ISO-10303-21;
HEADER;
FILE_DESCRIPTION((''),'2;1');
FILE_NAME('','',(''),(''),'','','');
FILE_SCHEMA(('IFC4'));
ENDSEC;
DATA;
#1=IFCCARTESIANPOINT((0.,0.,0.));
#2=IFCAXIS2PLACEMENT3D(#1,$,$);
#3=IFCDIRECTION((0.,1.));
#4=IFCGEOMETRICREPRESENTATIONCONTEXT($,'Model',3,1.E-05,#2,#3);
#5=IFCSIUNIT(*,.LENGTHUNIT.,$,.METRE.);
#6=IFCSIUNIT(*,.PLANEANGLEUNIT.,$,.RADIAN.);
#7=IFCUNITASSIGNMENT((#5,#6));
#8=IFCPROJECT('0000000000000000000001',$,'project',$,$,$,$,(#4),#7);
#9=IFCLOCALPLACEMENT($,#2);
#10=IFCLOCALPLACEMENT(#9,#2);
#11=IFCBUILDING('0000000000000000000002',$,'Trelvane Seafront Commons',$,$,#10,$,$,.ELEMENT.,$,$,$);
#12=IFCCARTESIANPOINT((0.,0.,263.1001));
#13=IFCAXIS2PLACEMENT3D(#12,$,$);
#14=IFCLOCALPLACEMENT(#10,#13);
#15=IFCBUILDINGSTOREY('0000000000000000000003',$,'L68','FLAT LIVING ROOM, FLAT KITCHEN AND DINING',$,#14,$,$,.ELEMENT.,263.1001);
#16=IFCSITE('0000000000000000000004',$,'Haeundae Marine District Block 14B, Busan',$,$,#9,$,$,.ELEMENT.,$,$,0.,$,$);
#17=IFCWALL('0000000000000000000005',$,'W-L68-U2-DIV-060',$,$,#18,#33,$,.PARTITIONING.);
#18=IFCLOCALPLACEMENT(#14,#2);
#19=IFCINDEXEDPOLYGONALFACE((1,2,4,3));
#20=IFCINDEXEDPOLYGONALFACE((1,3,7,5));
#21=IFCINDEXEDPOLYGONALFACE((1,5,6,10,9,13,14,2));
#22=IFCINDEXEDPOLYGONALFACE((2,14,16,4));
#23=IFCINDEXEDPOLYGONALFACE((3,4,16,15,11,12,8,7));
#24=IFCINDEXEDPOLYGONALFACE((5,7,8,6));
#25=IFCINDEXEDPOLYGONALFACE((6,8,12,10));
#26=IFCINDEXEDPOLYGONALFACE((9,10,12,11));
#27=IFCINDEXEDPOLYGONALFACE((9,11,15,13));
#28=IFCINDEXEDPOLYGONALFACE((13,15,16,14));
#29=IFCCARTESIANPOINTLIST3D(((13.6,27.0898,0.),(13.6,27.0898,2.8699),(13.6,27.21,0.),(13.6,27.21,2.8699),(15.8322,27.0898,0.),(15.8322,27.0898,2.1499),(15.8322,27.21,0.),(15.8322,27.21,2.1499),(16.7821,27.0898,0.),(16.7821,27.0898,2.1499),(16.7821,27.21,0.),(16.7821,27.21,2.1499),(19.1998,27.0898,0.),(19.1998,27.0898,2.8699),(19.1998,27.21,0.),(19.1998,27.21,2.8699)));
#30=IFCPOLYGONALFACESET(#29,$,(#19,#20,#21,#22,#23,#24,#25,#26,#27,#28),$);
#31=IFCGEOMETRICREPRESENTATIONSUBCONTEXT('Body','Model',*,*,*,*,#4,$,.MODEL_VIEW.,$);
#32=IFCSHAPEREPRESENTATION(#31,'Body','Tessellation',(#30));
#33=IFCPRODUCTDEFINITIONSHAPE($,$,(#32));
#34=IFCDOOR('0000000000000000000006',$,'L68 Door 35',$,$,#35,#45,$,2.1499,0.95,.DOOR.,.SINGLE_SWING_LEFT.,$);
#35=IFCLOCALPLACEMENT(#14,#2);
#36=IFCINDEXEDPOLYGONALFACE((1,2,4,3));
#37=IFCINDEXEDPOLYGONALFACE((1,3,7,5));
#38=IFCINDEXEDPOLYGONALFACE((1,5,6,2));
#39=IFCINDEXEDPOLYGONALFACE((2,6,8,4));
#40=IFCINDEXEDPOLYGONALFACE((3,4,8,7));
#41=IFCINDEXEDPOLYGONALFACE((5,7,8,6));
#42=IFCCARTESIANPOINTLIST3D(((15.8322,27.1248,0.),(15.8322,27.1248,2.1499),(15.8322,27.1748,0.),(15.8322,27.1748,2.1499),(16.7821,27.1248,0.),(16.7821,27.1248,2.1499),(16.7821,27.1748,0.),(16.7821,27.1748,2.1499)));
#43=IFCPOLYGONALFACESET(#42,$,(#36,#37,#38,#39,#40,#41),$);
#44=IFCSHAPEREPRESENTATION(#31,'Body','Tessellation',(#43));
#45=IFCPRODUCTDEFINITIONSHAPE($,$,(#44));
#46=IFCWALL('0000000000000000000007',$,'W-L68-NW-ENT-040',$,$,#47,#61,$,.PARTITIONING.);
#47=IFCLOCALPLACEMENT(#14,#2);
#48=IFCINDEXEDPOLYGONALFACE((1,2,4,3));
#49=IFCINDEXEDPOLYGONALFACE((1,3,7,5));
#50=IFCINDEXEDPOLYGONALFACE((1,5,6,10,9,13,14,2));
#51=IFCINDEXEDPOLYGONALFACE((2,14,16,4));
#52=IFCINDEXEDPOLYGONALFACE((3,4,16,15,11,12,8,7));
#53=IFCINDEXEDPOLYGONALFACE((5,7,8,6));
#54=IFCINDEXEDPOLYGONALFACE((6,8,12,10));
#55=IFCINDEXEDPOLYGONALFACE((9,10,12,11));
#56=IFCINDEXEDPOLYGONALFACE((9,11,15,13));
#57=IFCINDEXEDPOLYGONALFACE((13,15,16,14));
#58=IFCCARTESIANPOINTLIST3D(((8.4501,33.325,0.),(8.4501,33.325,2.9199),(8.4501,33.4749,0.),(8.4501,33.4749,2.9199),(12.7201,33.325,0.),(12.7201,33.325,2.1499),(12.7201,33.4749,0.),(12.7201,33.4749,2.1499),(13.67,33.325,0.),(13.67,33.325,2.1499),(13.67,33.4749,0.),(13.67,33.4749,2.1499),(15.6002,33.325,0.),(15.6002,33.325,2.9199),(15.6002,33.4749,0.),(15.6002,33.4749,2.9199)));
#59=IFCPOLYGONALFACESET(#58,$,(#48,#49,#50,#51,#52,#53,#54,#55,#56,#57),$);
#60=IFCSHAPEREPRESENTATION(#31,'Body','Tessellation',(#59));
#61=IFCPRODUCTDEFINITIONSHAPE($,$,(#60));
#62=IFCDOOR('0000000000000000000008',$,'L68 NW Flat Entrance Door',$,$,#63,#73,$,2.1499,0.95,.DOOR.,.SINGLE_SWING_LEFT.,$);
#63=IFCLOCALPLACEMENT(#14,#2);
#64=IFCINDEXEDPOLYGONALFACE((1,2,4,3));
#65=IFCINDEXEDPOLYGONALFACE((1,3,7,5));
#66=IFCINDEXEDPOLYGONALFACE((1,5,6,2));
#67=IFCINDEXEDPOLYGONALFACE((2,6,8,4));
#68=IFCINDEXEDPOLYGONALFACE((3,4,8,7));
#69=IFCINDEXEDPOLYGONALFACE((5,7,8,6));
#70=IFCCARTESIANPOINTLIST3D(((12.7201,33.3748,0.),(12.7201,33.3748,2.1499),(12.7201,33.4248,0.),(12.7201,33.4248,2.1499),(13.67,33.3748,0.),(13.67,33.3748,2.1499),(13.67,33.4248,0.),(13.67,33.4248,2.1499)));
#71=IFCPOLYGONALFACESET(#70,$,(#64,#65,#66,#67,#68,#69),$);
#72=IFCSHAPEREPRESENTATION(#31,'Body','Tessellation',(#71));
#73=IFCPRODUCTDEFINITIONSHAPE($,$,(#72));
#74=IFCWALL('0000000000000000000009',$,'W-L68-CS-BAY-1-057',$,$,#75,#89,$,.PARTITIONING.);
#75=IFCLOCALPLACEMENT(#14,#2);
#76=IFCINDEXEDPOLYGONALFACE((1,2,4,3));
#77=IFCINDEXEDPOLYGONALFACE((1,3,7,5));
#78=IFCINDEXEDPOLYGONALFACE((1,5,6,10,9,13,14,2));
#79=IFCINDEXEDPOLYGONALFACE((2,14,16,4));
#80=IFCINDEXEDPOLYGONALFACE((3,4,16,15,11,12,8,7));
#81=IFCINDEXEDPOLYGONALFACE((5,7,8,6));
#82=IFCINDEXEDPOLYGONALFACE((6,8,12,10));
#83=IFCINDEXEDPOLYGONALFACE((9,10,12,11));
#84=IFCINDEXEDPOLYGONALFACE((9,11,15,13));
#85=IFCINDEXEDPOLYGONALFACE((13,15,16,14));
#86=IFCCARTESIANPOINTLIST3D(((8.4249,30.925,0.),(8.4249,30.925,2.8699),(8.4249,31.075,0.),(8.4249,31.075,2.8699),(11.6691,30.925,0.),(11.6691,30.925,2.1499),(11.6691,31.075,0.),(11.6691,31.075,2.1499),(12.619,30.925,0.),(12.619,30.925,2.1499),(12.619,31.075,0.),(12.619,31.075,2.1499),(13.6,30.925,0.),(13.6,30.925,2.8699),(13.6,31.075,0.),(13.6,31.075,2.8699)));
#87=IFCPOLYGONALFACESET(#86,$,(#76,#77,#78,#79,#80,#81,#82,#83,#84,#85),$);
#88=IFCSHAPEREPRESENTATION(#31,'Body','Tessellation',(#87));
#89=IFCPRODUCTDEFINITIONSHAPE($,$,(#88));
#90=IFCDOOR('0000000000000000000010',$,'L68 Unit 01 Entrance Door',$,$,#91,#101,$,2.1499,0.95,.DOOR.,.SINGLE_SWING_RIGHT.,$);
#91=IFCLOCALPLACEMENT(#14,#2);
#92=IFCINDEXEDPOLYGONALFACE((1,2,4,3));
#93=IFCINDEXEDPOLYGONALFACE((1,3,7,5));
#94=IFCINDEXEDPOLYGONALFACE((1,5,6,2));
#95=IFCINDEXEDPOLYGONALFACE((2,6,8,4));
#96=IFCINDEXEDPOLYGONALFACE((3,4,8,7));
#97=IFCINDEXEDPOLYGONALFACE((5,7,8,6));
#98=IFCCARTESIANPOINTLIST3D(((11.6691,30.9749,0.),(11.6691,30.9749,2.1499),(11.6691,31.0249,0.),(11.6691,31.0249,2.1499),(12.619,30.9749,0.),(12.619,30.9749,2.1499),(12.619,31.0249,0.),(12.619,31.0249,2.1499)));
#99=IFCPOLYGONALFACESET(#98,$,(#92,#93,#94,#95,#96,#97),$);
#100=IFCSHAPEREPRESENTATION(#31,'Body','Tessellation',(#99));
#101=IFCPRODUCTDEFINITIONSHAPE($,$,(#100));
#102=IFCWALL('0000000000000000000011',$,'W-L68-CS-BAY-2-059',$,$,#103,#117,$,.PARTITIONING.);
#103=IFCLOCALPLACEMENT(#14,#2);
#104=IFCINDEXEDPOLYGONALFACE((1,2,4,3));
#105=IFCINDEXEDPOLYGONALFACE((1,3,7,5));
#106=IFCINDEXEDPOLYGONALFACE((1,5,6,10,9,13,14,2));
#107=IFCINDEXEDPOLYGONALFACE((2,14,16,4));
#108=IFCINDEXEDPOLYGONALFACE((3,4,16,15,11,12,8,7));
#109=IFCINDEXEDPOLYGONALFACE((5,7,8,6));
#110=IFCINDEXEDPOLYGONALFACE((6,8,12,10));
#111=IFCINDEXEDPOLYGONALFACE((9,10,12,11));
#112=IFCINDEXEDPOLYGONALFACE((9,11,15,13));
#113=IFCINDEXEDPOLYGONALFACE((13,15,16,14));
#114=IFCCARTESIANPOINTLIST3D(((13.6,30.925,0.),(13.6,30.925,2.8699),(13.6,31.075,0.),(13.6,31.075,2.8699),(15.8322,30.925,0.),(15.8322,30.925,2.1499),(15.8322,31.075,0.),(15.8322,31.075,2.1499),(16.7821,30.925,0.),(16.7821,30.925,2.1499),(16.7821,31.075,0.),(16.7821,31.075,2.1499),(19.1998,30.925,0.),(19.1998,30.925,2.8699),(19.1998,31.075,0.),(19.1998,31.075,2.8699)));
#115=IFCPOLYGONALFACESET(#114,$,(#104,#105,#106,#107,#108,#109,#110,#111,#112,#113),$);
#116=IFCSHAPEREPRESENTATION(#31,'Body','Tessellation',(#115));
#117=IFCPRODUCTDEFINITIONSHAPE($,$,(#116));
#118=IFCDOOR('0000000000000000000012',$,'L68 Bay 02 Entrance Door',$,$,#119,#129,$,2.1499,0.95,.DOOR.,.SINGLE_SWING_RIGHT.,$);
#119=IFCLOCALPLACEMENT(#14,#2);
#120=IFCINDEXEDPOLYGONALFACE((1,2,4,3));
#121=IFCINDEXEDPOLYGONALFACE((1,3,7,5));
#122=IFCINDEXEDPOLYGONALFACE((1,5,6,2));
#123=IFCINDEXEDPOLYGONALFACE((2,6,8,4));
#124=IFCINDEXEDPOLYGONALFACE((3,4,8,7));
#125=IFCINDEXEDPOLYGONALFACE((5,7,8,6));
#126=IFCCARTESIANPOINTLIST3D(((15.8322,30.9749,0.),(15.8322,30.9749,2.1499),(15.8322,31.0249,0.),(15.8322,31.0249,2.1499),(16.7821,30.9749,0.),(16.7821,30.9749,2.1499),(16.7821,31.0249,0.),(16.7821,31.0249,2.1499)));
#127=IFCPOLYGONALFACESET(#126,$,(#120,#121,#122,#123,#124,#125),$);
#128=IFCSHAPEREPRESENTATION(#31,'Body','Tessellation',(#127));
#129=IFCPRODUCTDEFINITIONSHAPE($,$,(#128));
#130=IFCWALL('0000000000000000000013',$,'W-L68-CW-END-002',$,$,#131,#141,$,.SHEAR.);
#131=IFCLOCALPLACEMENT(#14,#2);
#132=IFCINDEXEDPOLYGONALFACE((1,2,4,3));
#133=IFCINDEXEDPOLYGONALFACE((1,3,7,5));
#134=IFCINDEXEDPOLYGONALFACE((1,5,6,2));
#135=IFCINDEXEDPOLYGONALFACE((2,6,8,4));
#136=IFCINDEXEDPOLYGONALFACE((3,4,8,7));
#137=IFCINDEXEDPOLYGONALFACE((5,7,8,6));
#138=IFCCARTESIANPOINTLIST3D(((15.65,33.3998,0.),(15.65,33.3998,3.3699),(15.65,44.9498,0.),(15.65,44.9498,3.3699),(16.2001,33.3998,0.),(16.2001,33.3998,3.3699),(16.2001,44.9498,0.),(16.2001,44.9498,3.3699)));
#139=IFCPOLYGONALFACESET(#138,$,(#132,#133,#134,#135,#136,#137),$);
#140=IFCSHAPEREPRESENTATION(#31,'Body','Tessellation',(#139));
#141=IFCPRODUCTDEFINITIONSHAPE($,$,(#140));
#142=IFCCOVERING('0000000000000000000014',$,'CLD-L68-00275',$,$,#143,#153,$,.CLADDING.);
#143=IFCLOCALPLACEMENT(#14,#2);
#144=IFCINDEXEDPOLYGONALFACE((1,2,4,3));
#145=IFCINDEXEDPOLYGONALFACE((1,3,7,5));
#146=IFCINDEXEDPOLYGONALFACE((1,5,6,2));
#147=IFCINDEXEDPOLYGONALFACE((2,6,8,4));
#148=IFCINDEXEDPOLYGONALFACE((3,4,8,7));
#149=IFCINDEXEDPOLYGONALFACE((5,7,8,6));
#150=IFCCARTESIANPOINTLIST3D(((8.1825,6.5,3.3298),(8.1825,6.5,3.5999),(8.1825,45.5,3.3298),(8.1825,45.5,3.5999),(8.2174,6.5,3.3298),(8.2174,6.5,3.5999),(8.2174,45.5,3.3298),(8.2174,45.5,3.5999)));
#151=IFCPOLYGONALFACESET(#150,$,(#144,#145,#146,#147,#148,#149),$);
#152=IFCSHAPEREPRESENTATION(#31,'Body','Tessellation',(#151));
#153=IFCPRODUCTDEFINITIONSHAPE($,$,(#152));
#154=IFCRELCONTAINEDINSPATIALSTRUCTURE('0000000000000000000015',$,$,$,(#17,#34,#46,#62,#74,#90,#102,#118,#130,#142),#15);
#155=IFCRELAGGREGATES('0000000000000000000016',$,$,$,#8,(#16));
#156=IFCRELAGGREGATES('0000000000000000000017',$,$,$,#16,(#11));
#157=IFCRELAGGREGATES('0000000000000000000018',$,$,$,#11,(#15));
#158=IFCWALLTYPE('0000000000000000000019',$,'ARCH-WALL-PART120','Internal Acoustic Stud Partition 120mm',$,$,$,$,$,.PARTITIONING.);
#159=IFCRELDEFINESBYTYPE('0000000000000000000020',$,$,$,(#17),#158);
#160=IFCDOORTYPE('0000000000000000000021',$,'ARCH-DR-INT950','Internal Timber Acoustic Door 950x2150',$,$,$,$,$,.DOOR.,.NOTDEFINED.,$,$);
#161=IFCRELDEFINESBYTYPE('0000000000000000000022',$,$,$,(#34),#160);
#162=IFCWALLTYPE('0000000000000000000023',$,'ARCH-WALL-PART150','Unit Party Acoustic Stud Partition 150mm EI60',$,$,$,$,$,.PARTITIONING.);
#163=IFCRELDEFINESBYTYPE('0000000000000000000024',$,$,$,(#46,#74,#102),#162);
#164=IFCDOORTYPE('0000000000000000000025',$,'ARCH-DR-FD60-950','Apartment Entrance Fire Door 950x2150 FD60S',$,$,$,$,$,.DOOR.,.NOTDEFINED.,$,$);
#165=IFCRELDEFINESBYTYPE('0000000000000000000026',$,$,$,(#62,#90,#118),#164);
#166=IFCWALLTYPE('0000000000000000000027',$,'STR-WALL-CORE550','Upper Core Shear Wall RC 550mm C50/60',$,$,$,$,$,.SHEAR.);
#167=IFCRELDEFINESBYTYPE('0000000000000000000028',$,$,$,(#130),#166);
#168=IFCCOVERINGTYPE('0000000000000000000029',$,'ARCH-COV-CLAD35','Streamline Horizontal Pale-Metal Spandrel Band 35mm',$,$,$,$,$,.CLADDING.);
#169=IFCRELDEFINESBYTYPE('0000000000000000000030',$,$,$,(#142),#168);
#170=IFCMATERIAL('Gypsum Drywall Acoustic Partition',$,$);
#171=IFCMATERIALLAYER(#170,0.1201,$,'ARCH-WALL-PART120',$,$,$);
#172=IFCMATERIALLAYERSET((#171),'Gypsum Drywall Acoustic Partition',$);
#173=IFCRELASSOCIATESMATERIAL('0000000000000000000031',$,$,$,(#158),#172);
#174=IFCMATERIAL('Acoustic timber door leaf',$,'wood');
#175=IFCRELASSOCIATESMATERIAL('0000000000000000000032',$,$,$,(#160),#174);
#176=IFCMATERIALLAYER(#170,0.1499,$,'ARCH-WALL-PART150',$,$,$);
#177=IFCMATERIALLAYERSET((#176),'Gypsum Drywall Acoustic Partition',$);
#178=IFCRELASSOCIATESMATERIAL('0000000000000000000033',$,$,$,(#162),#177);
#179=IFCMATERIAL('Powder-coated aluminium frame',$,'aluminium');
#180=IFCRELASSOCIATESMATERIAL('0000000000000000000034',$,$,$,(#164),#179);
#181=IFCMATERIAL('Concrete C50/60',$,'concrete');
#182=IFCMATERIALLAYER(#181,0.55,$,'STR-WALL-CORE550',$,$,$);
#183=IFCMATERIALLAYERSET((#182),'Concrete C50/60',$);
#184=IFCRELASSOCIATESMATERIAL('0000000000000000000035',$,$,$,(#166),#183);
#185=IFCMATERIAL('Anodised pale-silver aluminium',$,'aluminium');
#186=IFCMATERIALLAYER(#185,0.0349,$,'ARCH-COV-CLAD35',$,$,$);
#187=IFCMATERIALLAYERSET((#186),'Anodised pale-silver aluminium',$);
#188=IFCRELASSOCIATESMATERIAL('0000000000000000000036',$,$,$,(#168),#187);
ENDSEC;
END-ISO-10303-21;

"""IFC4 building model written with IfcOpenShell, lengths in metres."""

from ifc_helpers import new_model, si_unit, direction, frame, frame_2d, origin, origin_2d, place, context, subcontext, project, spatial, rectangle, extrude, source, transform, mapped, material, layer, layer_set, type_object, element, fill, save


model = new_model("IFC4")

# Units and contexts
model_context = context("Model", 3, precision=1e-05, world=origin(), true_north=direction((0.0, 1.0)))
body_context = subcontext(model_context, "Body", "Model", "MODEL_VIEW")
ifc_project = project(units=[si_unit("LENGTHUNIT", "METRE"), si_unit("PLANEANGLEUNIT", "RADIAN")], contexts=[model_context])

# Site, building, storey
site_placement = place(None, origin())
site = spatial("IfcSite", under=ifc_project, at=site_placement, Name="Haeundae Marine District Block 14B, Busan", CompositionType="ELEMENT", RefElevation=0.0)
building_placement = place(site_placement, origin())
building = spatial("IfcBuilding", under=site, at=building_placement, Name="Trelvane Seafront Commons", CompositionType="ELEMENT")
storey_placement = place(building_placement, frame((0.0, 0.0, 263.1001)))
storey = spatial("IfcBuildingStorey", under=building, at=storey_placement, Name="L68", Description="FLAT LIVING ROOM, FLAT KITCHEN AND DINING", CompositionType="ELEMENT", Elevation=263.1001)

# Shared definitions
ifc_material_1 = material(Name="Concrete C50/60", Category="concrete")

# Shared definitions
ifc_material_2 = material(Name="Anodised pale-silver aluminium", Category="aluminium")

# Shared definitions
ifc_material_3 = material(Name="Gypsum Drywall Acoustic Partition")
ifc_layer_1 = layer(ifc_material_3, 0.1201, Name="ARCH-WALL-PART120")
ifc_layer_set_1 = layer_set([ifc_layer_1], Name="Gypsum Drywall Acoustic Partition")
wall_type_1 = type_object("IfcWallType", Name="ARCH-WALL-PART120", Description="Internal Acoustic Stud Partition 120mm", PredefinedType="PARTITIONING", material=ifc_layer_set_1)
ifc_material_4 = material(Name="Acoustic timber door leaf", Category="wood")
door_type_1 = type_object("IfcDoorType", Name="ARCH-DR-INT950", Description="Internal Timber Acoustic Door 950x2150", OperationType="NOTDEFINED", PredefinedType="DOOR", material=ifc_material_4)
shared_shape_1 = source(origin(), body_context, "Body", "SweptSolid", [
    extrude(rectangle(XDim=0.95, YDim=2.1499, at=frame_2d((0.4751, 1.075))), frame((0.0, 0.0249, 0.0), z_axis=(0.0, -1.0, 0.0), x_axis=(1.0, 0.0, 0.0)), (0.0, 0.0, 1.0), 0.05),
])

# Walls, openings, doors
wall_1_placement = place(storey_placement, frame((13.6001, 27.1499, 0.0), z_axis=(0.0, 0.0, 1.0), x_axis=(1.0, 0.0, 0.0)))
wall_1 = element("IfcWall", 1, at=wall_1_placement, inside=storey, type_object=wall_type_1, Name="W-L68-U2-DIV-060", PredefinedType="PARTITIONING", context=body_context, shape_type="SweptSolid", body=[
    extrude(rectangle(XDim=5.5999, YDim=0.1201, at=frame_2d((2.7998, 0.0))), origin(), (0.0, 0.0, 1.0), 2.8699),
])
opening_1_placement = place(wall_1_placement, frame((2.2319, 0.0, 0.0)))
opening_1 = element("IfcOpeningElement", 2, at=opening_1_placement, cuts=wall_1, PredefinedType="OPENING", context=body_context, shape_type="SweptSolid", body=[
    extrude(rectangle(XDim=0.95, YDim=2.1499, at=frame_2d((0.4751, 1.075))), frame((0.0, 0.0701, 0.0), z_axis=(0.0, -1.0, 0.0), x_axis=(1.0, 0.0, 0.0)), (0.0, 0.0, 1.0), 0.1401),
])
door_1_placement = place(opening_1_placement, origin())
door_1 = element("IfcDoor", 3, at=door_1_placement, inside=storey, type_object=door_type_1, Name="L68 Door 35", OperationType="SINGLE_SWING_LEFT", OverallHeight=2.1499, OverallWidth=0.95, PredefinedType="DOOR", context=body_context, shape_type="MappedRepresentation", body=[
    mapped(shared_shape_1, transform((0.0, 0.0, 0.0), x_axis=(1.0, 0.0, 0.0), y_axis=(0.0, 1.0, 0.0), z_axis=(0.0, 0.0, 1.0), scale=1.0)),
])
fill(opening_1, door_1)
ifc_layer_2 = layer(ifc_material_3, 0.1499, Name="ARCH-WALL-PART150")
ifc_layer_set_2 = layer_set([ifc_layer_2], Name="Gypsum Drywall Acoustic Partition")
wall_type_2 = type_object("IfcWallType", Name="ARCH-WALL-PART150", Description="Unit Party Acoustic Stud Partition 150mm EI60", PredefinedType="PARTITIONING", material=ifc_layer_set_2)
wall_2_placement = place(storey_placement, frame((8.45, 33.3999, 0.0), z_axis=(0.0, 0.0, 1.0), x_axis=(1.0, 0.0, 0.0)))
wall_2 = element("IfcWall", 4, at=wall_2_placement, inside=storey, type_object=wall_type_2, Name="W-L68-NW-ENT-040", PredefinedType="PARTITIONING", context=body_context, shape_type="SweptSolid", body=[
    extrude(rectangle(XDim=7.1501, YDim=0.1499, at=frame_2d((3.5752, 0.0))), origin(), (0.0, 0.0, 1.0), 2.9199),
])
opening_2_placement = place(wall_2_placement, frame((4.27, 0.0, 0.0)))
opening_2 = element("IfcOpeningElement", 5, at=opening_2_placement, cuts=wall_2, PredefinedType="OPENING", context=body_context, shape_type="SweptSolid", body=[
    extrude(rectangle(XDim=0.95, YDim=2.1499, at=frame_2d((0.4751, 1.075))), frame((0.0, 0.085, 0.0), z_axis=(0.0, -1.0, 0.0), x_axis=(1.0, 0.0, 0.0)), (0.0, 0.0, 1.0), 0.1699),
])
ifc_material_5 = material(Name="Powder-coated aluminium frame", Category="aluminium")
door_type_2 = type_object("IfcDoorType", Name="ARCH-DR-FD60-950", Description="Apartment Entrance Fire Door 950x2150 FD60S", OperationType="NOTDEFINED", PredefinedType="DOOR", material=ifc_material_5)
door_2_placement = place(opening_2_placement, origin())
door_2 = element("IfcDoor", 6, at=door_2_placement, inside=storey, type_object=door_type_2, Name="L68 NW Flat Entrance Door", OperationType="SINGLE_SWING_LEFT", OverallHeight=2.1499, OverallWidth=0.95, PredefinedType="DOOR", context=body_context, shape_type="MappedRepresentation", body=[
    mapped(shared_shape_1, transform((0.0, 0.0, 0.0), x_axis=(1.0, 0.0, 0.0), y_axis=(0.0, 1.0, 0.0), z_axis=(0.0, 0.0, 1.0), scale=1.0)),
])
fill(opening_2, door_2)
wall_3_placement = place(storey_placement, frame((8.425, 31.0, 0.0), z_axis=(0.0, 0.0, 1.0), x_axis=(1.0, 0.0, 0.0)))
wall_3 = element("IfcWall", 7, at=wall_3_placement, inside=storey, type_object=wall_type_2, Name="W-L68-CS-BAY-1-057", PredefinedType="PARTITIONING", context=body_context, shape_type="SweptSolid", body=[
    extrude(rectangle(XDim=5.175, YDim=0.1499, at=frame_2d((2.5874, 0.0))), origin(), (0.0, 0.0, 1.0), 2.8699),
])
opening_3_placement = place(wall_3_placement, frame((3.2439, 0.0, 0.0)))
opening_3 = element("IfcOpeningElement", 8, at=opening_3_placement, cuts=wall_3, PredefinedType="OPENING", context=body_context, shape_type="SweptSolid", body=[
    extrude(rectangle(XDim=0.95, YDim=2.1499, at=frame_2d((0.4751, 1.075))), frame((0.0, 0.085, 0.0), z_axis=(0.0, -1.0, 0.0), x_axis=(1.0, 0.0, 0.0)), (0.0, 0.0, 1.0), 0.1699),
])
door_3_placement = place(opening_3_placement, origin())
door_3 = element("IfcDoor", 9, at=door_3_placement, inside=storey, type_object=door_type_2, Name="L68 Unit 01 Entrance Door", OperationType="SINGLE_SWING_RIGHT", OverallHeight=2.1499, OverallWidth=0.95, PredefinedType="DOOR", context=body_context, shape_type="MappedRepresentation", body=[
    mapped(shared_shape_1, transform((0.0, 0.0, 0.0), x_axis=(1.0, 0.0, 0.0), y_axis=(0.0, 1.0, 0.0), z_axis=(0.0, 0.0, 1.0), scale=1.0)),
])
fill(opening_3, door_3)
wall_4_placement = place(storey_placement, frame((13.6001, 31.0, 0.0), z_axis=(0.0, 0.0, 1.0), x_axis=(1.0, 0.0, 0.0)))
wall_4 = element("IfcWall", 10, at=wall_4_placement, inside=storey, type_object=wall_type_2, Name="W-L68-CS-BAY-2-059", PredefinedType="PARTITIONING", context=body_context, shape_type="SweptSolid", body=[
    extrude(rectangle(XDim=5.5999, YDim=0.1499, at=frame_2d((2.7998, 0.0))), origin(), (0.0, 0.0, 1.0), 2.8699),
])
opening_4_placement = place(wall_4_placement, frame((2.2319, 0.0, 0.0)))
opening_4 = element("IfcOpeningElement", 11, at=opening_4_placement, cuts=wall_4, PredefinedType="OPENING", context=body_context, shape_type="SweptSolid", body=[
    extrude(rectangle(XDim=0.95, YDim=2.1499, at=frame_2d((0.4751, 1.075))), frame((0.0, 0.085, 0.0), z_axis=(0.0, -1.0, 0.0), x_axis=(1.0, 0.0, 0.0)), (0.0, 0.0, 1.0), 0.1699),
])
door_4_placement = place(opening_4_placement, origin())
door_4 = element("IfcDoor", 12, at=door_4_placement, inside=storey, type_object=door_type_2, Name="L68 Bay 02 Entrance Door", OperationType="SINGLE_SWING_RIGHT", OverallHeight=2.1499, OverallWidth=0.95, PredefinedType="DOOR", context=body_context, shape_type="MappedRepresentation", body=[
    mapped(shared_shape_1, transform((0.0, 0.0, 0.0), x_axis=(1.0, 0.0, 0.0), y_axis=(0.0, 1.0, 0.0), z_axis=(0.0, 0.0, 1.0), scale=1.0)),
])
fill(opening_4, door_4)

# Wall
ifc_layer_3 = layer(ifc_material_1, 0.55, Name="STR-WALL-CORE550")
ifc_layer_set_3 = layer_set([ifc_layer_3], Name="Concrete C50/60")
wall_type_3 = type_object("IfcWallType", Name="STR-WALL-CORE550", Description="Upper Core Shear Wall RC 550mm C50/60", PredefinedType="SHEAR", material=ifc_layer_set_3)
wall_5_placement = place(storey_placement, frame((15.925, 33.3999, 0.0), z_axis=(0.0, 0.0, 1.0), x_axis=(0.0, 1.0, 0.0)))
element("IfcWall", 13, at=wall_5_placement, inside=storey, type_object=wall_type_3, Name="W-L68-CW-END-002", PredefinedType="SHEAR", context=body_context, shape_type="SweptSolid", body=[
    extrude(rectangle(XDim=11.55, YDim=0.55, at=frame_2d((5.7749, 0.0))), origin(), (0.0, 0.0, 1.0), 3.3699),
])

# Covering
ifc_layer_4 = layer(ifc_material_2, 0.0349, Name="ARCH-COV-CLAD35")
ifc_layer_set_4 = layer_set([ifc_layer_4], Name="Anodised pale-silver aluminium")
covering_type = type_object("IfcCoveringType", Name="ARCH-COV-CLAD35", Description="Streamline Horizontal Pale-Metal Spandrel Band 35mm", PredefinedType="CLADDING", material=ifc_layer_set_4)
shared_shape_2 = source(origin(), body_context, "Body", "SweptSolid", [
    extrude(rectangle(XDim=39.0, YDim=0.0349, at=origin_2d()), origin(), (0.0, 0.0, 1.0), 0.27),
])
covering_placement = place(storey_placement, frame((8.2, 26.0, 3.3298), z_axis=(0.0, 0.0, 1.0), x_axis=(0.0, 1.0, 0.0)))
element("IfcCovering", 14, at=covering_placement, inside=storey, type_object=covering_type, Name="CLD-L68-00275", PredefinedType="CLADDING", context=body_context, shape_type="MappedRepresentation", body=[
    mapped(shared_shape_2, transform((0.0, 0.0, 0.0), x_axis=(1.0, 0.0, 0.0), y_axis=(0.0, 1.0, 0.0), z_axis=(0.0, 0.0, 1.0), scale=1.0)),
])

save(model, "model.ifc")
